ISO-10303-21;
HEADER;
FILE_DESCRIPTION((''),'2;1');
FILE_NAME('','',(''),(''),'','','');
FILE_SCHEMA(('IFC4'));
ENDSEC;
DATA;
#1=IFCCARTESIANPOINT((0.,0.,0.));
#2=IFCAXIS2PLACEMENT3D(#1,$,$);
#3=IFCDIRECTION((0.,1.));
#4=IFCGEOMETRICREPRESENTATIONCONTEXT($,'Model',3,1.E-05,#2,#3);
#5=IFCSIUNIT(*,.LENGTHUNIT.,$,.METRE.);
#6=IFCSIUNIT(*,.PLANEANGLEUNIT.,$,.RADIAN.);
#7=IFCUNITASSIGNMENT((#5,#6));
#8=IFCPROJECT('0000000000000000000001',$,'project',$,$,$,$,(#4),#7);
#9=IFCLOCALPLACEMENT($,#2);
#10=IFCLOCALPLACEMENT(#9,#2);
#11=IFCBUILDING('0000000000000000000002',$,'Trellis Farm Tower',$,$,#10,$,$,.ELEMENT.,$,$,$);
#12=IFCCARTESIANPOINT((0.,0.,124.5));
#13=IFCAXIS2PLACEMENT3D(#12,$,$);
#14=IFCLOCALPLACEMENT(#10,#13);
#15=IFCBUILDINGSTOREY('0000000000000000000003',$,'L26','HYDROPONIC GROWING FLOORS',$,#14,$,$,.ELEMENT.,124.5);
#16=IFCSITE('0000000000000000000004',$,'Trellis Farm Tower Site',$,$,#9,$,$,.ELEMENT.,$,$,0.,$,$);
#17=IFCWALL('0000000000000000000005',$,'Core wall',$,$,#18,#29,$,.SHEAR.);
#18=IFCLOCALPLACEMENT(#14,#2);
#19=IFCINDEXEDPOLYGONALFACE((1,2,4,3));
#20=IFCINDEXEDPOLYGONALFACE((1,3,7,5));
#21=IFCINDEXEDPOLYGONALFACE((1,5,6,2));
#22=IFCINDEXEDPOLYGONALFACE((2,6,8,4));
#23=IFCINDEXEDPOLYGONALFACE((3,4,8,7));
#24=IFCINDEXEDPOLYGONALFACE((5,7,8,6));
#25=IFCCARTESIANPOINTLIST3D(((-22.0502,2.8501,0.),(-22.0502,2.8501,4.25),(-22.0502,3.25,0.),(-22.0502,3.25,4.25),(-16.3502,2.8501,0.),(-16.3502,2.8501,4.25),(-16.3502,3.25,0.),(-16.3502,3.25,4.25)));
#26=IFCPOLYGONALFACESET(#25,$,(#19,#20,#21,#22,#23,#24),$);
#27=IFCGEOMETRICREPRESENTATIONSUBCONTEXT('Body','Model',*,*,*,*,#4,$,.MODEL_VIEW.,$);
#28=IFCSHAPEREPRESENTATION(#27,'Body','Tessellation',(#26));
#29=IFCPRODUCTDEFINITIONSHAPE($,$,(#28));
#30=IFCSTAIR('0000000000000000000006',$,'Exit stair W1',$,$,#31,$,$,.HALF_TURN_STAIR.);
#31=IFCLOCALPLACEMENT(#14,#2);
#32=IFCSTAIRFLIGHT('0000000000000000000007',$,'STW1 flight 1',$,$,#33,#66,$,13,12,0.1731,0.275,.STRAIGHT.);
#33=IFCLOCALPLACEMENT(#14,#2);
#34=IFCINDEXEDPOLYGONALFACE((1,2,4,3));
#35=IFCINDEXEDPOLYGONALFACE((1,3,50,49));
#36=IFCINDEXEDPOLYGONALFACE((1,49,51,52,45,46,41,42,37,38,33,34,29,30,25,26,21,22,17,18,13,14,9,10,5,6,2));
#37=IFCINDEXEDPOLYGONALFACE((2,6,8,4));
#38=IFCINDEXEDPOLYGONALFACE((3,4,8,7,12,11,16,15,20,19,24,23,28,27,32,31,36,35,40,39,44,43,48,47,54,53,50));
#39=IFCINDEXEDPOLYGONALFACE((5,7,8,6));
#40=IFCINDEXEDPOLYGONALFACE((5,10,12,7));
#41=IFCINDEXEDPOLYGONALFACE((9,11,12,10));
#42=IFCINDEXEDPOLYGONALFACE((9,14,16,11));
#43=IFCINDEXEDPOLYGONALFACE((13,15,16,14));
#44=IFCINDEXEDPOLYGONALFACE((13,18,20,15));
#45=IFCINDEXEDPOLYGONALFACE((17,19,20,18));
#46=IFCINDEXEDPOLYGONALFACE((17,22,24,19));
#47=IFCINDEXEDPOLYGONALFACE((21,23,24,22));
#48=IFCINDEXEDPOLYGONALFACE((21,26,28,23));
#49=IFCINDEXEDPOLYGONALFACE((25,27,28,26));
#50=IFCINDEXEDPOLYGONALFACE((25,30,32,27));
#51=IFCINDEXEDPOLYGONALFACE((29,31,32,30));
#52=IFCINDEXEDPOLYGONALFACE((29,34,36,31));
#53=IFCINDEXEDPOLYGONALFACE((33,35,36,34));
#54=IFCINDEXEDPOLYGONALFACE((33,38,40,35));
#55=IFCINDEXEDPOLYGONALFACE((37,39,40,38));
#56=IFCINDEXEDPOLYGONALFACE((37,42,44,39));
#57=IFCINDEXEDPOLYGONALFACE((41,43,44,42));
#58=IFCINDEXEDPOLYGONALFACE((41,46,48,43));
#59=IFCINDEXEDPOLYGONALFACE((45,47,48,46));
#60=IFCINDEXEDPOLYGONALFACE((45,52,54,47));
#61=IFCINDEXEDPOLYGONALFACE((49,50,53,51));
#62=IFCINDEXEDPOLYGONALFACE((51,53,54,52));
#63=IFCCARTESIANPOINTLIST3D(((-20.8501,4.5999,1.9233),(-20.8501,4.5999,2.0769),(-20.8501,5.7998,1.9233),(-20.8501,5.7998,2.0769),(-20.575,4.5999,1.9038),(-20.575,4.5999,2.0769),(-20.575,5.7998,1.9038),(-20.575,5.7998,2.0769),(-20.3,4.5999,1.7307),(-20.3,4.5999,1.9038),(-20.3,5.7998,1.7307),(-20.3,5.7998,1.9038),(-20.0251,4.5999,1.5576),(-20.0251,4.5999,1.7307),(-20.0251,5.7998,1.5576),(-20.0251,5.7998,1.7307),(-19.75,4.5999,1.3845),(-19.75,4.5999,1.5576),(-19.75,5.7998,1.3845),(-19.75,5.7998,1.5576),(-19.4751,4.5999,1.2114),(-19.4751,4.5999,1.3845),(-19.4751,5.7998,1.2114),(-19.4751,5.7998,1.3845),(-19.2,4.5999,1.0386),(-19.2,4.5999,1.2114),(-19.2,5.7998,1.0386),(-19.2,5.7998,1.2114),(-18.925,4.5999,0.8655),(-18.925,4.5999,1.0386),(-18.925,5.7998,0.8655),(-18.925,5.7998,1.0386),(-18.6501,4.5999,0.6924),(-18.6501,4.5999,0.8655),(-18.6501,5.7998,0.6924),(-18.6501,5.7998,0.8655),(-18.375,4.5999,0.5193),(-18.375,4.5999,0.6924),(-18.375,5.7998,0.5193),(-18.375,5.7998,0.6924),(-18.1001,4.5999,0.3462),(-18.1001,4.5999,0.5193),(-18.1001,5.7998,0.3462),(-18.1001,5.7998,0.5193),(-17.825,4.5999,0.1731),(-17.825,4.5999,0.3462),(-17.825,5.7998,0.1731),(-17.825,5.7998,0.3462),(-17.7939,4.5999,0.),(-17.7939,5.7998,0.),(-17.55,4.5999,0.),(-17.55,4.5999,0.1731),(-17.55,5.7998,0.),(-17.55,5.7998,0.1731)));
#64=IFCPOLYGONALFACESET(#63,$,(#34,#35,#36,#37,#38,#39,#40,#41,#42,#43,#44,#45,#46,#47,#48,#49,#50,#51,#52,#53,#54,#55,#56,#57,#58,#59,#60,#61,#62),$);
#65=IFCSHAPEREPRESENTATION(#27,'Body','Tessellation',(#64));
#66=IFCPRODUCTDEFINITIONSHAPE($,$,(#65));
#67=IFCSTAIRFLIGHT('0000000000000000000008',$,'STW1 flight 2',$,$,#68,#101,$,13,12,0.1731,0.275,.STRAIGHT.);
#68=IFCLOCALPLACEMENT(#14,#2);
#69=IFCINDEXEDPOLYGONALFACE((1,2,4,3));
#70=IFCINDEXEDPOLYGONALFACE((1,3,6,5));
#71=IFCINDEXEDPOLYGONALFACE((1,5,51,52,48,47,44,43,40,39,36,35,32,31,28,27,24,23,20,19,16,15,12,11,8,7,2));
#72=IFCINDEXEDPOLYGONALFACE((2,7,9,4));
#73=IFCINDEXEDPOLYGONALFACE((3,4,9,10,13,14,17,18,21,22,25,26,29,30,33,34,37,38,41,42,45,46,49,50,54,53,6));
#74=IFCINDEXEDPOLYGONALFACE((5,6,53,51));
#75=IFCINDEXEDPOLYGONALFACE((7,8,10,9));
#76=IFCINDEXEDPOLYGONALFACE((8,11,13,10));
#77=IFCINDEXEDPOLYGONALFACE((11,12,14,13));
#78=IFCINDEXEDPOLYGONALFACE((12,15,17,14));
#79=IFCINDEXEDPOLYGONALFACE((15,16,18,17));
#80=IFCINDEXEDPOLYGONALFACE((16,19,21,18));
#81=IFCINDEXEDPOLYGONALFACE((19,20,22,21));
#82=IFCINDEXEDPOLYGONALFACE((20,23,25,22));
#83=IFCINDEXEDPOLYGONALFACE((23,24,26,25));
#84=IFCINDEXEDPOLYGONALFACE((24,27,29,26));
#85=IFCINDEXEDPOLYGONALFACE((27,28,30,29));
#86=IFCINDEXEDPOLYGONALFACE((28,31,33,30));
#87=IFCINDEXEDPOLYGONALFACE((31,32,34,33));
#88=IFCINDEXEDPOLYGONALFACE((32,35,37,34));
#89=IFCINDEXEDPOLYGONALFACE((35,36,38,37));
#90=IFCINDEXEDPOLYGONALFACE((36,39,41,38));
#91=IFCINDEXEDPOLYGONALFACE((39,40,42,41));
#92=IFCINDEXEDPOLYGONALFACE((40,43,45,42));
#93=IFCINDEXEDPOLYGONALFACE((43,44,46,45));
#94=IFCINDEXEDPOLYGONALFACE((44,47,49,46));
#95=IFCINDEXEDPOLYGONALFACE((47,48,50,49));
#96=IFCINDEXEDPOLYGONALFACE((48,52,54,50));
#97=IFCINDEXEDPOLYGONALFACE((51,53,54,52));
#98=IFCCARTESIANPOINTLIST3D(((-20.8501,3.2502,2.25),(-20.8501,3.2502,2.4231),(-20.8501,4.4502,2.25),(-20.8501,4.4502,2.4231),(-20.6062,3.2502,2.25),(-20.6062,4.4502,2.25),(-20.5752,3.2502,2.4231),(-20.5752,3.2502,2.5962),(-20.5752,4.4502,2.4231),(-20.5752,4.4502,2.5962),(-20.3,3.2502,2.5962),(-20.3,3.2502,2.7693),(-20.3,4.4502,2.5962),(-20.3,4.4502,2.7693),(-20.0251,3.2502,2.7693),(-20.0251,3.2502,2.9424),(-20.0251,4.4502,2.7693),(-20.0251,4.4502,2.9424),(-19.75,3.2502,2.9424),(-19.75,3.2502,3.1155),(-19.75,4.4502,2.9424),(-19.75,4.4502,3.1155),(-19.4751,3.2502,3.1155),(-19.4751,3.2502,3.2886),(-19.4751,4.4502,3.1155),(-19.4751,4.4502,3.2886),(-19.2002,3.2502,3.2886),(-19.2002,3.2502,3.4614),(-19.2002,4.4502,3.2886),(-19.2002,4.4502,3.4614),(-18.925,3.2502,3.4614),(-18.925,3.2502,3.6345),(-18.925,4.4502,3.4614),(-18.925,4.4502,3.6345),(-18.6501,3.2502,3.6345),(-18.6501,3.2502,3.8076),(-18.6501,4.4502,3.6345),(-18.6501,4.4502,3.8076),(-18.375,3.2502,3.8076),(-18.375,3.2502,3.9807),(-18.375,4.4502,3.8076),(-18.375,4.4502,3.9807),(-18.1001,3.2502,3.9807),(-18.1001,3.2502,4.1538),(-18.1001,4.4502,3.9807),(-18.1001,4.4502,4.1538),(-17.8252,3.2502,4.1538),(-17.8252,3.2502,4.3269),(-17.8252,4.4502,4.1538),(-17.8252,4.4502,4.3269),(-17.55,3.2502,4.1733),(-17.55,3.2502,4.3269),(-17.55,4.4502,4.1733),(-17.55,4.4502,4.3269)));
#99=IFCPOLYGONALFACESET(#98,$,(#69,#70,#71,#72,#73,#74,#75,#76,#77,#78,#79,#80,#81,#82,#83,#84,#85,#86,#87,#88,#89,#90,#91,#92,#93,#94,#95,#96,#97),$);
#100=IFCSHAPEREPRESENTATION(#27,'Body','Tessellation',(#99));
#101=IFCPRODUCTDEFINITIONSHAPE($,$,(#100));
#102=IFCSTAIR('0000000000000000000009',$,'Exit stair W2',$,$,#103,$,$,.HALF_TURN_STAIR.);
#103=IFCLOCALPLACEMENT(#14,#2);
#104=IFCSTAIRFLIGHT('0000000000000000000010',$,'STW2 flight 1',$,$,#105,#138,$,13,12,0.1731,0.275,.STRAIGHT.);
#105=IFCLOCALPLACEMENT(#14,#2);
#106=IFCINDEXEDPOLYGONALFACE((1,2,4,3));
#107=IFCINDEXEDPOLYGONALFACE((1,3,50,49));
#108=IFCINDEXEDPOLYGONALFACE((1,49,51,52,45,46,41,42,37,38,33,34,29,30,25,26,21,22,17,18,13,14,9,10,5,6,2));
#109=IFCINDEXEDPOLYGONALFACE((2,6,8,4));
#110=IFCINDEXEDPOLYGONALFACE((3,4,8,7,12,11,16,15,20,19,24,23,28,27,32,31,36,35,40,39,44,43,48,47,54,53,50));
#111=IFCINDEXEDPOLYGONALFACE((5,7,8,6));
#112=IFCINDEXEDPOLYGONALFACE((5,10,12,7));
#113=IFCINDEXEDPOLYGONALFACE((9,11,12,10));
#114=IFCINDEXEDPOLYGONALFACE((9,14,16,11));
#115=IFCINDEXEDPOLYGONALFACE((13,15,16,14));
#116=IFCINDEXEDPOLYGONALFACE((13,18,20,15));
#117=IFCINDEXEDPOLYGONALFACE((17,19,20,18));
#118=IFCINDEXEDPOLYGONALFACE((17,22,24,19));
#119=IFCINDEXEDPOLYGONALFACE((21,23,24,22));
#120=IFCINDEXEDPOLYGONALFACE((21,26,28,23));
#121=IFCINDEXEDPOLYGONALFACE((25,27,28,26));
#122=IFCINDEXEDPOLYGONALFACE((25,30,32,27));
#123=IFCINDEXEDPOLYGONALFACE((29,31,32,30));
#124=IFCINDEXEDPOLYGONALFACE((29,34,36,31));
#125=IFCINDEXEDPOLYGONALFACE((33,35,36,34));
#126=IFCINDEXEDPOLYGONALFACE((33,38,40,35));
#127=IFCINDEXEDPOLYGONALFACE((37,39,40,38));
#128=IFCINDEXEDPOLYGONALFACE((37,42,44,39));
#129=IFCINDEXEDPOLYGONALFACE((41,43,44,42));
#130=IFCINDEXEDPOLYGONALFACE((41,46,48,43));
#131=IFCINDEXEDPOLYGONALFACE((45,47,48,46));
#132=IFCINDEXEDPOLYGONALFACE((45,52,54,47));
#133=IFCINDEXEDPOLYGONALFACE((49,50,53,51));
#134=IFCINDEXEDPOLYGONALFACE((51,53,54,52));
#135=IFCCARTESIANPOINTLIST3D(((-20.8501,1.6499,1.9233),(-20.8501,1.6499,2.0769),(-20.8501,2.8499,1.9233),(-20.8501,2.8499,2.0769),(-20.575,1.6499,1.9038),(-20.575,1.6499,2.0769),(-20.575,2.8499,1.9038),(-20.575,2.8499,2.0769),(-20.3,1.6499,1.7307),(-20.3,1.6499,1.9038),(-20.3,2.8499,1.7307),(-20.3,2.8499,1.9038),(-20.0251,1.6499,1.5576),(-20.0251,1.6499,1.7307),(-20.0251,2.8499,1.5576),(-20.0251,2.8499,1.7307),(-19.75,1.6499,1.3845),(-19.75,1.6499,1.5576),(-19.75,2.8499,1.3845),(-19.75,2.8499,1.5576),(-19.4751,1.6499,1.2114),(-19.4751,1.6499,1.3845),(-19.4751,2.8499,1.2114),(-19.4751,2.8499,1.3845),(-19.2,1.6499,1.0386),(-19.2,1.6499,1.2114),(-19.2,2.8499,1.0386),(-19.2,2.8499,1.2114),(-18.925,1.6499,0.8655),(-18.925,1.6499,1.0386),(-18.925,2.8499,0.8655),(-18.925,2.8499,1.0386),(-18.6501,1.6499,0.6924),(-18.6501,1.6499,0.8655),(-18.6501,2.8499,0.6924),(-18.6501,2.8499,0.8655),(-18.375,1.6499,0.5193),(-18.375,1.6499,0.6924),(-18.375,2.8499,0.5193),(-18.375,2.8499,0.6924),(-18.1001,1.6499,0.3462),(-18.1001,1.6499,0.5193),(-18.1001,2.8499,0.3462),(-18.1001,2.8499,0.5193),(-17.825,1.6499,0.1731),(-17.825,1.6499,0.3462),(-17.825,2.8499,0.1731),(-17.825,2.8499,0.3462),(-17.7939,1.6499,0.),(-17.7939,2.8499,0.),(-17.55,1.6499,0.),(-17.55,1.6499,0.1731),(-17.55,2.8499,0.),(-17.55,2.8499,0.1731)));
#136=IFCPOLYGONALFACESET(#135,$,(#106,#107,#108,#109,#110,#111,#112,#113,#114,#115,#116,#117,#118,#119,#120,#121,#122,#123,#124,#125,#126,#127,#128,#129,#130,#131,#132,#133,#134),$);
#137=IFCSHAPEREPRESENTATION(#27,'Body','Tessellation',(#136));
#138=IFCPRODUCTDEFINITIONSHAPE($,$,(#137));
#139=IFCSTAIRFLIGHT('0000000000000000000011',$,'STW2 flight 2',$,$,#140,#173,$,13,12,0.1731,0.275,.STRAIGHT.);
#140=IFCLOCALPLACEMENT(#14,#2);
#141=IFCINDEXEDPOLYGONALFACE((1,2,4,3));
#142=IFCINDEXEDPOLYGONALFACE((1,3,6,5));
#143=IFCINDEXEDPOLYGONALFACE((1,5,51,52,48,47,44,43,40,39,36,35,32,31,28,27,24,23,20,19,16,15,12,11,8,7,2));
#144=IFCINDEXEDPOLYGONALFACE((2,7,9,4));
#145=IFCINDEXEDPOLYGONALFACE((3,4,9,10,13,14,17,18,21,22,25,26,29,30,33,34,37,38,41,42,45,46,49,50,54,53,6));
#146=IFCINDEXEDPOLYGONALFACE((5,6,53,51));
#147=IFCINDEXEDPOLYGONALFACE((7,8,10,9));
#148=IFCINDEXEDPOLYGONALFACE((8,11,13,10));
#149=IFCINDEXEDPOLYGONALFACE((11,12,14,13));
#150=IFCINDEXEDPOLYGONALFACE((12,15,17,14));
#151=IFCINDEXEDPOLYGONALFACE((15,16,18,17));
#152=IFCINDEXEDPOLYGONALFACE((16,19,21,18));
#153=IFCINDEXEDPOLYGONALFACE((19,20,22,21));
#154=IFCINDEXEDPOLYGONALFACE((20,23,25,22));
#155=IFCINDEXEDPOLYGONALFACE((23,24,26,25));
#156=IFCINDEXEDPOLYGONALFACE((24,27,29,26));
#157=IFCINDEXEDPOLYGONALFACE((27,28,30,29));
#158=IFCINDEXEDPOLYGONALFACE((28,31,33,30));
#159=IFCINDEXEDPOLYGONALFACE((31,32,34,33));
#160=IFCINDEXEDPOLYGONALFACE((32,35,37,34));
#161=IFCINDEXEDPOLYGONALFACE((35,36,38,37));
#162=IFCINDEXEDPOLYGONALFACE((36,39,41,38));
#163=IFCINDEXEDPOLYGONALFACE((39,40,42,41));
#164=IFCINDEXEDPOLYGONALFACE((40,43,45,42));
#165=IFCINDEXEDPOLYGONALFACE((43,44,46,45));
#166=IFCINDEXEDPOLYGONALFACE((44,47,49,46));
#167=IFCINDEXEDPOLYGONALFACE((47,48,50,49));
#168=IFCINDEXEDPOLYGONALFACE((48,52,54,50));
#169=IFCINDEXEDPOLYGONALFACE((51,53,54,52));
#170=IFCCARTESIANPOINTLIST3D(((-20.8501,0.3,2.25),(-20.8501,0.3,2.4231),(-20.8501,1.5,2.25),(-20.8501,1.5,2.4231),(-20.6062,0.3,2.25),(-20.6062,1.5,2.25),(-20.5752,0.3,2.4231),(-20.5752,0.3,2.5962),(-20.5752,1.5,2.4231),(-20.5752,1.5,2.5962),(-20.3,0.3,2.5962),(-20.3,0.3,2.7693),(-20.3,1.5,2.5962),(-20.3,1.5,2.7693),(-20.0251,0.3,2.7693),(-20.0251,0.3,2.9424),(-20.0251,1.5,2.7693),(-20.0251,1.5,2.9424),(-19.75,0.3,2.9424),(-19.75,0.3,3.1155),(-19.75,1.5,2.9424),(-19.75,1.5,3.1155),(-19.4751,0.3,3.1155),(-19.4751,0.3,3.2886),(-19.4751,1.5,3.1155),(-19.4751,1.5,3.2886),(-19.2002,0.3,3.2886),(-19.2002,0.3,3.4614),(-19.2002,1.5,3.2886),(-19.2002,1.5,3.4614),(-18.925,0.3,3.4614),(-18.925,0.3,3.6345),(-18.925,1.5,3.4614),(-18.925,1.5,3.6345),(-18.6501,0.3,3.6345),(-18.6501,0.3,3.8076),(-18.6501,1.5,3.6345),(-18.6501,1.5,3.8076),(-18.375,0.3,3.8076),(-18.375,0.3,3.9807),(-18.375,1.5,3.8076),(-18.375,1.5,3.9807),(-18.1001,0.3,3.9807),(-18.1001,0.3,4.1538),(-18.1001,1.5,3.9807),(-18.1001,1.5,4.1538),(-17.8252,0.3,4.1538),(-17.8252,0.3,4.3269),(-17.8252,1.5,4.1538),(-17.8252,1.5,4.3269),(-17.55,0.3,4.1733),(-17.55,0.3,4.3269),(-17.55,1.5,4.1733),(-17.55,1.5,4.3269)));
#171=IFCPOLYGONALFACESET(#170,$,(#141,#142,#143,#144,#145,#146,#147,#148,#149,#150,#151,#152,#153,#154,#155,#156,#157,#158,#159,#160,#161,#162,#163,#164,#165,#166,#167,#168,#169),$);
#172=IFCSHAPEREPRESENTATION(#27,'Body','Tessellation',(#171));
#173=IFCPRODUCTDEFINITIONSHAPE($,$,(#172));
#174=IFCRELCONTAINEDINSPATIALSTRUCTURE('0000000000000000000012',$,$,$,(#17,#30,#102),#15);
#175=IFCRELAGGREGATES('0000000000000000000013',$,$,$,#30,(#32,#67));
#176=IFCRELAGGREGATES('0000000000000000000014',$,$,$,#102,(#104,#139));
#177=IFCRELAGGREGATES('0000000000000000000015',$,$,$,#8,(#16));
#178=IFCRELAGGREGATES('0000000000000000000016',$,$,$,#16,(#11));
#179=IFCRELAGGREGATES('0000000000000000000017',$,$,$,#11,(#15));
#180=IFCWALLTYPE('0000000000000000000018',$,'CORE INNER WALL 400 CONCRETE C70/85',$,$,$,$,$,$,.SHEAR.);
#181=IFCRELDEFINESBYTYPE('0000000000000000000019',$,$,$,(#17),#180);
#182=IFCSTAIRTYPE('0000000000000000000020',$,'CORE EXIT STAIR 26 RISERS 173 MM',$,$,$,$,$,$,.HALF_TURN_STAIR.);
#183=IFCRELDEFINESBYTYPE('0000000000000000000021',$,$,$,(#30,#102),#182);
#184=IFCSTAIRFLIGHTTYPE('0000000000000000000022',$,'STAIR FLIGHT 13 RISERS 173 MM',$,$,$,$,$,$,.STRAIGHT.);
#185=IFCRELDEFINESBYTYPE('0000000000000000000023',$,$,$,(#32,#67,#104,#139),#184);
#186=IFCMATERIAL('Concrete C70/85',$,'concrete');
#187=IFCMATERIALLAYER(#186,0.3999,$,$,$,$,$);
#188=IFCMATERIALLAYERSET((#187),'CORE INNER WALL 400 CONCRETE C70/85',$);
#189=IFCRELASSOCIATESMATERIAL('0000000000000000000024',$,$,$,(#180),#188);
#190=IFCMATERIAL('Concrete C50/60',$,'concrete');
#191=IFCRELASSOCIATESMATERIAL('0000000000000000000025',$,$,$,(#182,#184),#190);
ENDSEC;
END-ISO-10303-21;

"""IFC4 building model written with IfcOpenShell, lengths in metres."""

from ifc_helpers import new_model, si_unit, direction, frame, frame_2d, origin, place, context, subcontext, project, spatial, polyline, rectangle, outline, extrude, source, transform, mapped, material, layer, layer_set, type_object, element, aggregate, save


model = new_model("IFC4")

# Units and contexts
model_context = context("Model", 3, precision=1e-05, world=origin(), true_north=direction((0.0, 1.0)))
body_context = subcontext(model_context, "Body", "Model", "MODEL_VIEW")
ifc_project = project(units=[si_unit("LENGTHUNIT", "METRE"), si_unit("PLANEANGLEUNIT", "RADIAN")], contexts=[model_context])

# Site, building, storey
site_placement = place(None, origin())
site = spatial("IfcSite", under=ifc_project, at=site_placement, Name="Trellis Farm Tower Site", CompositionType="ELEMENT", RefElevation=0.0)
building_placement = place(site_placement, origin())
building = spatial("IfcBuilding", under=site, at=building_placement, Name="Trellis Farm Tower", CompositionType="ELEMENT")
storey_placement = place(building_placement, frame((0.0, 0.0, 124.5)))
storey = spatial("IfcBuildingStorey", under=building, at=storey_placement, Name="L26", Description="HYDROPONIC GROWING FLOORS", CompositionType="ELEMENT", Elevation=124.5)

# Shared definitions
placement = place(storey_placement, origin())

# Shared definitions
ifc_material_1 = material(Name="Concrete C70/85", Category="concrete")
ifc_layer_1 = layer(ifc_material_1, 0.3999)
ifc_layer_set_1 = layer_set([ifc_layer_1], Name="CORE INNER WALL 400 CONCRETE C70/85")
wall_type_1 = type_object("IfcWallType", Name="CORE INNER WALL 400 CONCRETE C70/85", PredefinedType="SHEAR", material=ifc_layer_set_1)

# Wall
shared_shape_1 = source(origin(), body_context, "Body", "SweptSolid", [
    extrude(rectangle(XDim=5.7, YDim=0.3999, at=frame_2d((2.8501, 0.0))), origin(), (0.0, 0.0, 1.0), 4.25),
])
wall_1_placement = place(storey_placement, frame((-16.3501, 3.05, 0.0), z_axis=(0.0, 0.0, 1.0), x_axis=(-1.0, 0.0, 0.0)))
element("IfcWall", 1, at=wall_1_placement, inside=storey, type_object=wall_type_1, Name="Core wall", PredefinedType="SHEAR", context=body_context, shape_type="MappedRepresentation", body=[
    mapped(shared_shape_1, transform((0.0, 0.0, 0.0))),
])

# Stairs, stair flights
ifc_material_2 = material(Name="Concrete C50/60", Category="concrete")
stair_type = type_object("IfcStairType", Name="CORE EXIT STAIR 26 RISERS 173 MM", PredefinedType="HALF_TURN_STAIR", material=ifc_material_2)
stair_1 = element("IfcStair", 2, at=placement, inside=storey, type_object=stair_type, Name="Exit stair W1", PredefinedType="HALF_TURN_STAIR")
stair_flight_type = type_object("IfcStairFlightType", Name="STAIR FLIGHT 13 RISERS 173 MM", PredefinedType="STRAIGHT", material=ifc_material_2)
shared_shape_2 = source(origin(), body_context, "Body", "SweptSolid", [
    extrude(outline(polyline([(0.0, 0.0), (0.0, 0.1731), (0.2749, 0.1731), (0.2749, 0.3462), (0.55, 0.3462), (0.55, 0.5193), (0.825, 0.5193), (0.825, 0.6924), (1.1001, 0.6924), (1.1001, 0.8655), (1.375, 0.8655), (1.375, 1.0386), (1.6499, 1.0386), (1.6499, 1.2114), (1.925, 1.2114), (1.925, 1.3845), (2.2, 1.3845), (2.2, 1.5576), (2.4751, 1.5576), (2.4751, 1.7307), (2.75, 1.7307), (2.75, 1.9038), (3.0249, 1.9038), (3.0249, 2.0769), (3.3, 2.0769), (3.3, 2.25), (3.3, 1.9233), (0.2439, 0.0), (0.0, 0.0)])), frame((0.0, 0.6001, 0.0), z_axis=(0.0, -1.0, 0.0), x_axis=(1.0, 0.0, 0.0)), (0.0, 0.0, 1.0), 1.2),
])
stair_flight_1_placement = place(storey_placement, frame((-17.55, 5.2, 0.0), z_axis=(0.0, 0.0, 1.0), x_axis=(-1.0, 0.0, 0.0)))
stair_flight_1 = element("IfcStairFlight", 3, at=stair_flight_1_placement, type_object=stair_flight_type, Name="STW1 flight 1", NumberOfRisers=13, NumberOfTreads=12, PredefinedType="STRAIGHT", RiserHeight=0.1731, TreadLength=0.275, context=body_context, shape_type="MappedRepresentation", body=[
    mapped(shared_shape_2, transform((0.0, 0.0, 0.0))),
])
stair_flight_2_placement = place(storey_placement, frame((-20.8501, 3.8501, 2.25), z_axis=(0.0, 0.0, 1.0), x_axis=(1.0, 0.0, 0.0)))
stair_flight_2 = element("IfcStairFlight", 4, at=stair_flight_2_placement, type_object=stair_flight_type, Name="STW1 flight 2", NumberOfRisers=13, NumberOfTreads=12, PredefinedType="STRAIGHT", RiserHeight=0.1731, TreadLength=0.275, context=body_context, shape_type="MappedRepresentation", body=[
    mapped(shared_shape_2, transform((0.0, 0.0, 0.0))),
])
aggregate(stair_1, [stair_flight_1, stair_flight_2])
stair_2 = element("IfcStair", 5, at=placement, inside=storey, type_object=stair_type, Name="Exit stair W2", PredefinedType="HALF_TURN_STAIR")
stair_flight_3_placement = place(storey_placement, frame((-17.55, 2.25, 0.0), z_axis=(0.0, 0.0, 1.0), x_axis=(-1.0, 0.0, 0.0)))
stair_flight_3 = element("IfcStairFlight", 6, at=stair_flight_3_placement, type_object=stair_flight_type, Name="STW2 flight 1", NumberOfRisers=13, NumberOfTreads=12, PredefinedType="STRAIGHT", RiserHeight=0.1731, TreadLength=0.275, context=body_context, shape_type="MappedRepresentation", body=[
    mapped(shared_shape_2, transform((0.0, 0.0, 0.0))),
])
stair_flight_4_placement = place(storey_placement, frame((-20.8501, 0.8999, 2.25), z_axis=(0.0, 0.0, 1.0), x_axis=(1.0, 0.0, 0.0)))
stair_flight_4 = element("IfcStairFlight", 7, at=stair_flight_4_placement, type_object=stair_flight_type, Name="STW2 flight 2", NumberOfRisers=13, NumberOfTreads=12, PredefinedType="STRAIGHT", RiserHeight=0.1731, TreadLength=0.275, context=body_context, shape_type="MappedRepresentation", body=[
    mapped(shared_shape_2, transform((0.0, 0.0, 0.0))),
])
aggregate(stair_2, [stair_flight_3, stair_flight_4])

save(model, "model.ifc")
